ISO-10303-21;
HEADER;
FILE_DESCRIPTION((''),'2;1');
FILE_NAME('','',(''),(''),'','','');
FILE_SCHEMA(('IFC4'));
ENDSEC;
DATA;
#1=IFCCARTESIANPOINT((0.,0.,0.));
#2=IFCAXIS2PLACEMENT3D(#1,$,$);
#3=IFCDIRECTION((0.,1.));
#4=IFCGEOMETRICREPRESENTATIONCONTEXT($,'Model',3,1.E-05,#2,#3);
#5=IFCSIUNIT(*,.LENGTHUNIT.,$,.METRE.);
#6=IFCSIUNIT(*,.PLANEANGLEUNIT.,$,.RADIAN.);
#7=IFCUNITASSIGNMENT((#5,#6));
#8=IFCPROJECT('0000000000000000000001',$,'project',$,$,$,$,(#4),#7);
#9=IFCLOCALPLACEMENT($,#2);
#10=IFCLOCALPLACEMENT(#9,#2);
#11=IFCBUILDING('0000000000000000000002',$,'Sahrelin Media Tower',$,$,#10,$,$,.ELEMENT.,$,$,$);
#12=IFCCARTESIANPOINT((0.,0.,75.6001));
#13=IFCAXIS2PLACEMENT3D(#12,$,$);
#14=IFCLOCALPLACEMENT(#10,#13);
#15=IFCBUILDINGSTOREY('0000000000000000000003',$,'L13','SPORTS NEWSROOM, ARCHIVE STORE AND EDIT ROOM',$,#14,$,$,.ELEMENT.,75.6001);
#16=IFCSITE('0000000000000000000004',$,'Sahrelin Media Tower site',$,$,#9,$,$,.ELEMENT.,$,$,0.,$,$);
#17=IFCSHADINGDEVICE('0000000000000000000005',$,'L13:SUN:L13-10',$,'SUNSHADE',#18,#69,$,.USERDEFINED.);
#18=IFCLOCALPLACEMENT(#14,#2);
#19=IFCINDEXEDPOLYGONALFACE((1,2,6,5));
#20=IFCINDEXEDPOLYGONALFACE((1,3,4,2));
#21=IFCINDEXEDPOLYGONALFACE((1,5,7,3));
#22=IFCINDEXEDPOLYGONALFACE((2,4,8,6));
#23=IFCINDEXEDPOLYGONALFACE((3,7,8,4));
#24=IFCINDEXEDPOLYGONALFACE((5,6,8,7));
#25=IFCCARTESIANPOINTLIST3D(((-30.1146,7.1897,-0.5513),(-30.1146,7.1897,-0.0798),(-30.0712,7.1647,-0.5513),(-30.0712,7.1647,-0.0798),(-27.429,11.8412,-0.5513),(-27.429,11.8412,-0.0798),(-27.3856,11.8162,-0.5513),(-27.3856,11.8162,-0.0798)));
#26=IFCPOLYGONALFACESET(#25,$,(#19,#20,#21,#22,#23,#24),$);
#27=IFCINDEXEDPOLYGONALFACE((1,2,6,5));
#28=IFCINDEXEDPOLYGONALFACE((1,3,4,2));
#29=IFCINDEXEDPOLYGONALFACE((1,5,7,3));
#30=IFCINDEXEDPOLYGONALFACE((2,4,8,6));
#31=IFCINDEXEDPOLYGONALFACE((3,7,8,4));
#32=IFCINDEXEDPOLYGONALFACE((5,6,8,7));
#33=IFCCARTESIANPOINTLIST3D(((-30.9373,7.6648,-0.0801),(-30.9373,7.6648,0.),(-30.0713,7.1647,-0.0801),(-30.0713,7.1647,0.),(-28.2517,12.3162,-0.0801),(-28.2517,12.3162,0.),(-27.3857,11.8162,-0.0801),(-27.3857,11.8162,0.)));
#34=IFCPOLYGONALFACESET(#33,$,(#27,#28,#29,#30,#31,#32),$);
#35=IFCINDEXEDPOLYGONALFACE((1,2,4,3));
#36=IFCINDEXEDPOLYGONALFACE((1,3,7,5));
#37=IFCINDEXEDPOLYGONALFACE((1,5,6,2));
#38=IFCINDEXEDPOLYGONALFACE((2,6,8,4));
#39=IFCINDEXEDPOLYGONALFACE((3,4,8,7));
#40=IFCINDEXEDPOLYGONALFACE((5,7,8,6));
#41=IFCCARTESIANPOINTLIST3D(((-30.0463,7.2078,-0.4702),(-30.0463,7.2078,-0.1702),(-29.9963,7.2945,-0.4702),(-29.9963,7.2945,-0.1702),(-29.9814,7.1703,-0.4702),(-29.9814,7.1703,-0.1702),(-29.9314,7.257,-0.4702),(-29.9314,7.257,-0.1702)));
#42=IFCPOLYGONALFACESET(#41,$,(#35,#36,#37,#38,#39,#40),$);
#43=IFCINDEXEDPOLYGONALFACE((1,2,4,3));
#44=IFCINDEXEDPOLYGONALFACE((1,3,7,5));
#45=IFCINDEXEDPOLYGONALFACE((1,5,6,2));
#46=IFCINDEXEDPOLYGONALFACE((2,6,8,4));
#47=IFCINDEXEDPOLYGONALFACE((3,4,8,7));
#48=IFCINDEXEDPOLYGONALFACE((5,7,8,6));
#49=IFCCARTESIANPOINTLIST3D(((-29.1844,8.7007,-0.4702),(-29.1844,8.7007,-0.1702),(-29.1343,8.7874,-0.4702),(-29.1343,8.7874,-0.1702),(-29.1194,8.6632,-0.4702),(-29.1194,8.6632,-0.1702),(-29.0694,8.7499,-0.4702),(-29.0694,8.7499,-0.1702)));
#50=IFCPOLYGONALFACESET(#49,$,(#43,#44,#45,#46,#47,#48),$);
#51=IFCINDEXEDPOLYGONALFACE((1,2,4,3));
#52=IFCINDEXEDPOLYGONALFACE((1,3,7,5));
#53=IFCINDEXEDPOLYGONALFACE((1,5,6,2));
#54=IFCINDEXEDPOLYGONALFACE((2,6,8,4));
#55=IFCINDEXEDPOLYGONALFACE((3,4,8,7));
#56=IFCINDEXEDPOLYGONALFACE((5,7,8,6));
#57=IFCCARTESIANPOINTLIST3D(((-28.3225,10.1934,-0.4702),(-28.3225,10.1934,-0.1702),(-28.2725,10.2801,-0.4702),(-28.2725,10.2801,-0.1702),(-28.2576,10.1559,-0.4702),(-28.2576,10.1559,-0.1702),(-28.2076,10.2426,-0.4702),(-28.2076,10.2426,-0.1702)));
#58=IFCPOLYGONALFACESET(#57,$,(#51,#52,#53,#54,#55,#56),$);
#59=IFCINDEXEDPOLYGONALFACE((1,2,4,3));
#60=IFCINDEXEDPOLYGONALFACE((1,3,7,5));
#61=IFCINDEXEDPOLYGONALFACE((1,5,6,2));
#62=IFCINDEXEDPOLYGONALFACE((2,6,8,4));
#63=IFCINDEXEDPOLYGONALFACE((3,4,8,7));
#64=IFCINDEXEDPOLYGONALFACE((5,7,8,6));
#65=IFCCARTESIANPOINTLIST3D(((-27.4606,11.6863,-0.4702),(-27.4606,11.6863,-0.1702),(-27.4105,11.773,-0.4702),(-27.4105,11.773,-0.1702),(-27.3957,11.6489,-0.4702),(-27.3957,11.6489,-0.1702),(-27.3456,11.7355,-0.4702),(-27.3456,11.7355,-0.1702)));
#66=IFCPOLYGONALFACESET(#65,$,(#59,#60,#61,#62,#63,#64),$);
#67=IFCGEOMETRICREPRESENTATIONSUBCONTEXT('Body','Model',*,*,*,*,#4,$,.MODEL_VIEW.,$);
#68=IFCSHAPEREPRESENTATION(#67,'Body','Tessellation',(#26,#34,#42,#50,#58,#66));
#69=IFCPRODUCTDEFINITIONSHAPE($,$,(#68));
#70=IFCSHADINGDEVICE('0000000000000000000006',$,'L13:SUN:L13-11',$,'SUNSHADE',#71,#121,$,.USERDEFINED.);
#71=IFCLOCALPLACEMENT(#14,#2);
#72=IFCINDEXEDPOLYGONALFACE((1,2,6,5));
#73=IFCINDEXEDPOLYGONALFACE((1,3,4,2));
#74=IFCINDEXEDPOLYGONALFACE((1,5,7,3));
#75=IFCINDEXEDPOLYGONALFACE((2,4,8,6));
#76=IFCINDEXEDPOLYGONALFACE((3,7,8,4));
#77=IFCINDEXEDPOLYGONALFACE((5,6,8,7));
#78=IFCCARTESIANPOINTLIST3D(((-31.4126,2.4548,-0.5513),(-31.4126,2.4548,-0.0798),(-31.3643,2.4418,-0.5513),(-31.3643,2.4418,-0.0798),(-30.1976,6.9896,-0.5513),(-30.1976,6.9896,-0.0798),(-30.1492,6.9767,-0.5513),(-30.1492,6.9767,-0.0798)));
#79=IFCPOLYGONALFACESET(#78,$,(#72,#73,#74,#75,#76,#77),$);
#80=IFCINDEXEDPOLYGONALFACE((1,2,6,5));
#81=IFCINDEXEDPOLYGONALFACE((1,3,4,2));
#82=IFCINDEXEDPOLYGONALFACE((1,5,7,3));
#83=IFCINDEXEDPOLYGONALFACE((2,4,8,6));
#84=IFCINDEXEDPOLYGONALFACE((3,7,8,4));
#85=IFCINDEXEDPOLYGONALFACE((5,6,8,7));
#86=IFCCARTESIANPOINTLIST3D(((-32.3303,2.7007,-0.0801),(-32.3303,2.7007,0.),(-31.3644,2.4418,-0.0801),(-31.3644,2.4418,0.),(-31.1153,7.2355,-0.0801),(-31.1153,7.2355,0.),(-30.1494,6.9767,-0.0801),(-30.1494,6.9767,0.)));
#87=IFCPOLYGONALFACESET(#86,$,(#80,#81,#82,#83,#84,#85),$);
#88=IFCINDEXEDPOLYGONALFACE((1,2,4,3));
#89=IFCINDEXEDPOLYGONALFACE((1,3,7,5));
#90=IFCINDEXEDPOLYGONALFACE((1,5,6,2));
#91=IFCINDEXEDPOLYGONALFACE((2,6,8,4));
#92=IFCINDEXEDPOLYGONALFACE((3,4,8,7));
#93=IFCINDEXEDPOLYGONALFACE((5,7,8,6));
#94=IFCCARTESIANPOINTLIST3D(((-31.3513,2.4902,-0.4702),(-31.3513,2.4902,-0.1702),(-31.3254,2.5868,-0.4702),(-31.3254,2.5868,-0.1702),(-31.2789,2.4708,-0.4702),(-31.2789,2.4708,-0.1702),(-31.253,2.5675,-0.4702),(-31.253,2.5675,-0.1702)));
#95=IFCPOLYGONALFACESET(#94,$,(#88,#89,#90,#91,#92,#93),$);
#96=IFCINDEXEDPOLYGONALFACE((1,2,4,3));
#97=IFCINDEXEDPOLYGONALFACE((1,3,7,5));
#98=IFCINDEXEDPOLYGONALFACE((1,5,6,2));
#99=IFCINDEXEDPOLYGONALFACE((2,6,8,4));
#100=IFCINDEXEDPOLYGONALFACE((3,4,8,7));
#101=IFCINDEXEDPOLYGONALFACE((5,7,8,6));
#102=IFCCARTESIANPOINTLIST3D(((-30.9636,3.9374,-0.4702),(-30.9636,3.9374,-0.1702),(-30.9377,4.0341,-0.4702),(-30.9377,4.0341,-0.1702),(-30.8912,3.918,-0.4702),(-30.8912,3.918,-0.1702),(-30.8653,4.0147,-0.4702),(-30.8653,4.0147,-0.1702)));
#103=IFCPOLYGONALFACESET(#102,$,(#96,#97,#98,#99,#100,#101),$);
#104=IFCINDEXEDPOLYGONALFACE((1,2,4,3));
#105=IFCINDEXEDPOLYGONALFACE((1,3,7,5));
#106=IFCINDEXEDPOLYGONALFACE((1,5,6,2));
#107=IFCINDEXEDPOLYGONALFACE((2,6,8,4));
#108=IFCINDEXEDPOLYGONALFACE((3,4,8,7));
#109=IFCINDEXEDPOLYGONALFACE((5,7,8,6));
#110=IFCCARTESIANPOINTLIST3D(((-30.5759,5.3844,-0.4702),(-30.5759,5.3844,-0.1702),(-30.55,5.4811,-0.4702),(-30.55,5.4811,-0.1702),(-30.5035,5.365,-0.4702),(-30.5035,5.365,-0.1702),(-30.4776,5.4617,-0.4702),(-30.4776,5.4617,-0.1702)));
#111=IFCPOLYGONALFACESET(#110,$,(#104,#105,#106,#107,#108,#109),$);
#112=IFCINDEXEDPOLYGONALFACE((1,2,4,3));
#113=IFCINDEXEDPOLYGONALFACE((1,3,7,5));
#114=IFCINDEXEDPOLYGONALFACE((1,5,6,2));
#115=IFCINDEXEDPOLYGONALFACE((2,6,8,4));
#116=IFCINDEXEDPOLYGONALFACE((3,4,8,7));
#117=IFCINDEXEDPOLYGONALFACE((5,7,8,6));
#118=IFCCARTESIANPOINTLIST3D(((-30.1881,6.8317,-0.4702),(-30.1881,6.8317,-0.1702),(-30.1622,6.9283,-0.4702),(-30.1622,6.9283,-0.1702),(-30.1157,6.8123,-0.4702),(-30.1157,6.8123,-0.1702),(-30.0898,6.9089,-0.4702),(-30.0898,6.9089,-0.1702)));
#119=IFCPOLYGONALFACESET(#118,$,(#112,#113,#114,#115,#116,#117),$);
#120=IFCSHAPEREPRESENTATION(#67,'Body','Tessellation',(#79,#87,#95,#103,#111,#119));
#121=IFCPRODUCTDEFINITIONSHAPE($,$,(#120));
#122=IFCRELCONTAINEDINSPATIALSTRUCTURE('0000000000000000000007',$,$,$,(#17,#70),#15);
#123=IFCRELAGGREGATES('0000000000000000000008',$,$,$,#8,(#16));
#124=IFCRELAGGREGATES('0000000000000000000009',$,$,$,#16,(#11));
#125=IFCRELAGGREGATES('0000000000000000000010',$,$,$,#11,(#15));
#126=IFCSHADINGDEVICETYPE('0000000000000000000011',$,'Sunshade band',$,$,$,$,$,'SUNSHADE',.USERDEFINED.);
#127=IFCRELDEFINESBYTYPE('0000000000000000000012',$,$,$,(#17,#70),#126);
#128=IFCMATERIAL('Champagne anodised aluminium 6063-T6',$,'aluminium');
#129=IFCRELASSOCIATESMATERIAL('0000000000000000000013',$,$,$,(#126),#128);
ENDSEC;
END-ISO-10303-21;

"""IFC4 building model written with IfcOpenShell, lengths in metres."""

from ifc_helpers import new_model, si_unit, direction, frame, origin, origin_2d, place, context, subcontext, project, spatial, rectangle, extrude, material, type_object, element, save


model = new_model("IFC4")

# Units and contexts
model_context = context("Model", 3, precision=1e-05, world=origin(), true_north=direction((0.0, 1.0)))
body_context = subcontext(model_context, "Body", "Model", "MODEL_VIEW")
ifc_project = project(units=[si_unit("LENGTHUNIT", "METRE"), si_unit("PLANEANGLEUNIT", "RADIAN")], contexts=[model_context])

# Site, building, storey
site_placement = place(None, origin())
site = spatial("IfcSite", under=ifc_project, at=site_placement, Name="Sahrelin Media Tower site", CompositionType="ELEMENT", RefElevation=0.0)
building_placement = place(site_placement, origin())
building = spatial("IfcBuilding", under=site, at=building_placement, Name="Sahrelin Media Tower", CompositionType="ELEMENT")
storey_placement = place(building_placement, frame((0.0, 0.0, 75.6001)))
storey = spatial("IfcBuildingStorey", under=building, at=storey_placement, Name="L13", Description="SPORTS NEWSROOM, ARCHIVE STORE AND EDIT ROOM", CompositionType="ELEMENT", Elevation=75.6001)

# Shared definitions
ifc_material_1 = material(Name="Champagne anodised aluminium 6063-T6", Category="aluminium")

# Shading devices
placement_1 = place(storey_placement, frame((-28.7112, 9.4805, 0.0), z_axis=(0.0, 0.0, 1.0), x_axis=(0.500011, 0.866019, 0.0)))
placement_2 = place(storey_placement, frame((-30.7375, 4.7041, 0.0), z_axis=(0.0, 0.0, 1.0), x_axis=(0.258808, 0.965929, 0.0)))
shading_device_type_1 = type_object("IfcShadingDeviceType", Name="Sunshade band", ElementType="SUNSHADE", PredefinedType="USERDEFINED", material=ifc_material_1)
element("IfcShadingDevice", 1, at=placement_1, inside=storey, type_object=shading_device_type_1, Name="L13:SUN:L13-10", ObjectType="SUNSHADE", PredefinedType="USERDEFINED", context=body_context, shape_type="SweptSolid", body=[
    extrude(rectangle(XDim=5.3711, YDim=0.05, at=origin_2d()), frame((0.0, 0.0449, -0.5513)), (0.0, 0.0, 1.0), 0.4714),
    extrude(rectangle(XDim=5.3711, YDim=1.0, at=origin_2d()), frame((0.0, 0.52, -0.0801)), (0.0, 0.0, 1.0), 0.0801),
    extrude(rectangle(XDim=0.1001, YDim=0.075, at=origin_2d()), frame((-2.5857, -0.0176, -0.4702)), (0.0, 0.0, 1.0), 0.3),
    extrude(rectangle(XDim=0.1001, YDim=0.075, at=origin_2d()), frame((-0.8618, -0.0176, -0.4702)), (0.0, 0.0, 1.0), 0.3),
    extrude(rectangle(XDim=0.1001, YDim=0.075, at=origin_2d()), frame((0.8618, -0.0176, -0.4702)), (0.0, 0.0, 1.0), 0.3),
    extrude(rectangle(XDim=0.1001, YDim=0.075, at=origin_2d()), frame((2.5857, -0.0176, -0.4702)), (0.0, 0.0, 1.0), 0.3),
])
element("IfcShadingDevice", 2, at=placement_2, inside=storey, type_object=shading_device_type_1, Name="L13:SUN:L13-11", ObjectType="SUNSHADE", PredefinedType="USERDEFINED", context=body_context, shape_type="SweptSolid", body=[
    extrude(rectangle(XDim=4.6948, YDim=0.05, at=origin_2d()), frame((0.0, 0.0449, -0.5513)), (0.0, 0.0, 1.0), 0.4714),
    extrude(rectangle(XDim=4.6948, YDim=1.0, at=origin_2d()), frame((0.0, 0.52, -0.0801)), (0.0, 0.0, 1.0), 0.0801),
    extrude(rectangle(XDim=0.1001, YDim=0.075, at=origin_2d()), frame((-2.2473, -0.0176, -0.4702)), (0.0, 0.0, 1.0), 0.3),
    extrude(rectangle(XDim=0.1001, YDim=0.075, at=origin_2d()), frame((-0.749, -0.0176, -0.4702)), (0.0, 0.0, 1.0), 0.3),
    extrude(rectangle(XDim=0.1001, YDim=0.075, at=origin_2d()), frame((0.749, -0.0176, -0.4702)), (0.0, 0.0, 1.0), 0.3),
    extrude(rectangle(XDim=0.1001, YDim=0.075, at=origin_2d()), frame((2.2473, -0.0176, -0.4702)), (0.0, 0.0, 1.0), 0.3),
])

save(model, "model.ifc")
